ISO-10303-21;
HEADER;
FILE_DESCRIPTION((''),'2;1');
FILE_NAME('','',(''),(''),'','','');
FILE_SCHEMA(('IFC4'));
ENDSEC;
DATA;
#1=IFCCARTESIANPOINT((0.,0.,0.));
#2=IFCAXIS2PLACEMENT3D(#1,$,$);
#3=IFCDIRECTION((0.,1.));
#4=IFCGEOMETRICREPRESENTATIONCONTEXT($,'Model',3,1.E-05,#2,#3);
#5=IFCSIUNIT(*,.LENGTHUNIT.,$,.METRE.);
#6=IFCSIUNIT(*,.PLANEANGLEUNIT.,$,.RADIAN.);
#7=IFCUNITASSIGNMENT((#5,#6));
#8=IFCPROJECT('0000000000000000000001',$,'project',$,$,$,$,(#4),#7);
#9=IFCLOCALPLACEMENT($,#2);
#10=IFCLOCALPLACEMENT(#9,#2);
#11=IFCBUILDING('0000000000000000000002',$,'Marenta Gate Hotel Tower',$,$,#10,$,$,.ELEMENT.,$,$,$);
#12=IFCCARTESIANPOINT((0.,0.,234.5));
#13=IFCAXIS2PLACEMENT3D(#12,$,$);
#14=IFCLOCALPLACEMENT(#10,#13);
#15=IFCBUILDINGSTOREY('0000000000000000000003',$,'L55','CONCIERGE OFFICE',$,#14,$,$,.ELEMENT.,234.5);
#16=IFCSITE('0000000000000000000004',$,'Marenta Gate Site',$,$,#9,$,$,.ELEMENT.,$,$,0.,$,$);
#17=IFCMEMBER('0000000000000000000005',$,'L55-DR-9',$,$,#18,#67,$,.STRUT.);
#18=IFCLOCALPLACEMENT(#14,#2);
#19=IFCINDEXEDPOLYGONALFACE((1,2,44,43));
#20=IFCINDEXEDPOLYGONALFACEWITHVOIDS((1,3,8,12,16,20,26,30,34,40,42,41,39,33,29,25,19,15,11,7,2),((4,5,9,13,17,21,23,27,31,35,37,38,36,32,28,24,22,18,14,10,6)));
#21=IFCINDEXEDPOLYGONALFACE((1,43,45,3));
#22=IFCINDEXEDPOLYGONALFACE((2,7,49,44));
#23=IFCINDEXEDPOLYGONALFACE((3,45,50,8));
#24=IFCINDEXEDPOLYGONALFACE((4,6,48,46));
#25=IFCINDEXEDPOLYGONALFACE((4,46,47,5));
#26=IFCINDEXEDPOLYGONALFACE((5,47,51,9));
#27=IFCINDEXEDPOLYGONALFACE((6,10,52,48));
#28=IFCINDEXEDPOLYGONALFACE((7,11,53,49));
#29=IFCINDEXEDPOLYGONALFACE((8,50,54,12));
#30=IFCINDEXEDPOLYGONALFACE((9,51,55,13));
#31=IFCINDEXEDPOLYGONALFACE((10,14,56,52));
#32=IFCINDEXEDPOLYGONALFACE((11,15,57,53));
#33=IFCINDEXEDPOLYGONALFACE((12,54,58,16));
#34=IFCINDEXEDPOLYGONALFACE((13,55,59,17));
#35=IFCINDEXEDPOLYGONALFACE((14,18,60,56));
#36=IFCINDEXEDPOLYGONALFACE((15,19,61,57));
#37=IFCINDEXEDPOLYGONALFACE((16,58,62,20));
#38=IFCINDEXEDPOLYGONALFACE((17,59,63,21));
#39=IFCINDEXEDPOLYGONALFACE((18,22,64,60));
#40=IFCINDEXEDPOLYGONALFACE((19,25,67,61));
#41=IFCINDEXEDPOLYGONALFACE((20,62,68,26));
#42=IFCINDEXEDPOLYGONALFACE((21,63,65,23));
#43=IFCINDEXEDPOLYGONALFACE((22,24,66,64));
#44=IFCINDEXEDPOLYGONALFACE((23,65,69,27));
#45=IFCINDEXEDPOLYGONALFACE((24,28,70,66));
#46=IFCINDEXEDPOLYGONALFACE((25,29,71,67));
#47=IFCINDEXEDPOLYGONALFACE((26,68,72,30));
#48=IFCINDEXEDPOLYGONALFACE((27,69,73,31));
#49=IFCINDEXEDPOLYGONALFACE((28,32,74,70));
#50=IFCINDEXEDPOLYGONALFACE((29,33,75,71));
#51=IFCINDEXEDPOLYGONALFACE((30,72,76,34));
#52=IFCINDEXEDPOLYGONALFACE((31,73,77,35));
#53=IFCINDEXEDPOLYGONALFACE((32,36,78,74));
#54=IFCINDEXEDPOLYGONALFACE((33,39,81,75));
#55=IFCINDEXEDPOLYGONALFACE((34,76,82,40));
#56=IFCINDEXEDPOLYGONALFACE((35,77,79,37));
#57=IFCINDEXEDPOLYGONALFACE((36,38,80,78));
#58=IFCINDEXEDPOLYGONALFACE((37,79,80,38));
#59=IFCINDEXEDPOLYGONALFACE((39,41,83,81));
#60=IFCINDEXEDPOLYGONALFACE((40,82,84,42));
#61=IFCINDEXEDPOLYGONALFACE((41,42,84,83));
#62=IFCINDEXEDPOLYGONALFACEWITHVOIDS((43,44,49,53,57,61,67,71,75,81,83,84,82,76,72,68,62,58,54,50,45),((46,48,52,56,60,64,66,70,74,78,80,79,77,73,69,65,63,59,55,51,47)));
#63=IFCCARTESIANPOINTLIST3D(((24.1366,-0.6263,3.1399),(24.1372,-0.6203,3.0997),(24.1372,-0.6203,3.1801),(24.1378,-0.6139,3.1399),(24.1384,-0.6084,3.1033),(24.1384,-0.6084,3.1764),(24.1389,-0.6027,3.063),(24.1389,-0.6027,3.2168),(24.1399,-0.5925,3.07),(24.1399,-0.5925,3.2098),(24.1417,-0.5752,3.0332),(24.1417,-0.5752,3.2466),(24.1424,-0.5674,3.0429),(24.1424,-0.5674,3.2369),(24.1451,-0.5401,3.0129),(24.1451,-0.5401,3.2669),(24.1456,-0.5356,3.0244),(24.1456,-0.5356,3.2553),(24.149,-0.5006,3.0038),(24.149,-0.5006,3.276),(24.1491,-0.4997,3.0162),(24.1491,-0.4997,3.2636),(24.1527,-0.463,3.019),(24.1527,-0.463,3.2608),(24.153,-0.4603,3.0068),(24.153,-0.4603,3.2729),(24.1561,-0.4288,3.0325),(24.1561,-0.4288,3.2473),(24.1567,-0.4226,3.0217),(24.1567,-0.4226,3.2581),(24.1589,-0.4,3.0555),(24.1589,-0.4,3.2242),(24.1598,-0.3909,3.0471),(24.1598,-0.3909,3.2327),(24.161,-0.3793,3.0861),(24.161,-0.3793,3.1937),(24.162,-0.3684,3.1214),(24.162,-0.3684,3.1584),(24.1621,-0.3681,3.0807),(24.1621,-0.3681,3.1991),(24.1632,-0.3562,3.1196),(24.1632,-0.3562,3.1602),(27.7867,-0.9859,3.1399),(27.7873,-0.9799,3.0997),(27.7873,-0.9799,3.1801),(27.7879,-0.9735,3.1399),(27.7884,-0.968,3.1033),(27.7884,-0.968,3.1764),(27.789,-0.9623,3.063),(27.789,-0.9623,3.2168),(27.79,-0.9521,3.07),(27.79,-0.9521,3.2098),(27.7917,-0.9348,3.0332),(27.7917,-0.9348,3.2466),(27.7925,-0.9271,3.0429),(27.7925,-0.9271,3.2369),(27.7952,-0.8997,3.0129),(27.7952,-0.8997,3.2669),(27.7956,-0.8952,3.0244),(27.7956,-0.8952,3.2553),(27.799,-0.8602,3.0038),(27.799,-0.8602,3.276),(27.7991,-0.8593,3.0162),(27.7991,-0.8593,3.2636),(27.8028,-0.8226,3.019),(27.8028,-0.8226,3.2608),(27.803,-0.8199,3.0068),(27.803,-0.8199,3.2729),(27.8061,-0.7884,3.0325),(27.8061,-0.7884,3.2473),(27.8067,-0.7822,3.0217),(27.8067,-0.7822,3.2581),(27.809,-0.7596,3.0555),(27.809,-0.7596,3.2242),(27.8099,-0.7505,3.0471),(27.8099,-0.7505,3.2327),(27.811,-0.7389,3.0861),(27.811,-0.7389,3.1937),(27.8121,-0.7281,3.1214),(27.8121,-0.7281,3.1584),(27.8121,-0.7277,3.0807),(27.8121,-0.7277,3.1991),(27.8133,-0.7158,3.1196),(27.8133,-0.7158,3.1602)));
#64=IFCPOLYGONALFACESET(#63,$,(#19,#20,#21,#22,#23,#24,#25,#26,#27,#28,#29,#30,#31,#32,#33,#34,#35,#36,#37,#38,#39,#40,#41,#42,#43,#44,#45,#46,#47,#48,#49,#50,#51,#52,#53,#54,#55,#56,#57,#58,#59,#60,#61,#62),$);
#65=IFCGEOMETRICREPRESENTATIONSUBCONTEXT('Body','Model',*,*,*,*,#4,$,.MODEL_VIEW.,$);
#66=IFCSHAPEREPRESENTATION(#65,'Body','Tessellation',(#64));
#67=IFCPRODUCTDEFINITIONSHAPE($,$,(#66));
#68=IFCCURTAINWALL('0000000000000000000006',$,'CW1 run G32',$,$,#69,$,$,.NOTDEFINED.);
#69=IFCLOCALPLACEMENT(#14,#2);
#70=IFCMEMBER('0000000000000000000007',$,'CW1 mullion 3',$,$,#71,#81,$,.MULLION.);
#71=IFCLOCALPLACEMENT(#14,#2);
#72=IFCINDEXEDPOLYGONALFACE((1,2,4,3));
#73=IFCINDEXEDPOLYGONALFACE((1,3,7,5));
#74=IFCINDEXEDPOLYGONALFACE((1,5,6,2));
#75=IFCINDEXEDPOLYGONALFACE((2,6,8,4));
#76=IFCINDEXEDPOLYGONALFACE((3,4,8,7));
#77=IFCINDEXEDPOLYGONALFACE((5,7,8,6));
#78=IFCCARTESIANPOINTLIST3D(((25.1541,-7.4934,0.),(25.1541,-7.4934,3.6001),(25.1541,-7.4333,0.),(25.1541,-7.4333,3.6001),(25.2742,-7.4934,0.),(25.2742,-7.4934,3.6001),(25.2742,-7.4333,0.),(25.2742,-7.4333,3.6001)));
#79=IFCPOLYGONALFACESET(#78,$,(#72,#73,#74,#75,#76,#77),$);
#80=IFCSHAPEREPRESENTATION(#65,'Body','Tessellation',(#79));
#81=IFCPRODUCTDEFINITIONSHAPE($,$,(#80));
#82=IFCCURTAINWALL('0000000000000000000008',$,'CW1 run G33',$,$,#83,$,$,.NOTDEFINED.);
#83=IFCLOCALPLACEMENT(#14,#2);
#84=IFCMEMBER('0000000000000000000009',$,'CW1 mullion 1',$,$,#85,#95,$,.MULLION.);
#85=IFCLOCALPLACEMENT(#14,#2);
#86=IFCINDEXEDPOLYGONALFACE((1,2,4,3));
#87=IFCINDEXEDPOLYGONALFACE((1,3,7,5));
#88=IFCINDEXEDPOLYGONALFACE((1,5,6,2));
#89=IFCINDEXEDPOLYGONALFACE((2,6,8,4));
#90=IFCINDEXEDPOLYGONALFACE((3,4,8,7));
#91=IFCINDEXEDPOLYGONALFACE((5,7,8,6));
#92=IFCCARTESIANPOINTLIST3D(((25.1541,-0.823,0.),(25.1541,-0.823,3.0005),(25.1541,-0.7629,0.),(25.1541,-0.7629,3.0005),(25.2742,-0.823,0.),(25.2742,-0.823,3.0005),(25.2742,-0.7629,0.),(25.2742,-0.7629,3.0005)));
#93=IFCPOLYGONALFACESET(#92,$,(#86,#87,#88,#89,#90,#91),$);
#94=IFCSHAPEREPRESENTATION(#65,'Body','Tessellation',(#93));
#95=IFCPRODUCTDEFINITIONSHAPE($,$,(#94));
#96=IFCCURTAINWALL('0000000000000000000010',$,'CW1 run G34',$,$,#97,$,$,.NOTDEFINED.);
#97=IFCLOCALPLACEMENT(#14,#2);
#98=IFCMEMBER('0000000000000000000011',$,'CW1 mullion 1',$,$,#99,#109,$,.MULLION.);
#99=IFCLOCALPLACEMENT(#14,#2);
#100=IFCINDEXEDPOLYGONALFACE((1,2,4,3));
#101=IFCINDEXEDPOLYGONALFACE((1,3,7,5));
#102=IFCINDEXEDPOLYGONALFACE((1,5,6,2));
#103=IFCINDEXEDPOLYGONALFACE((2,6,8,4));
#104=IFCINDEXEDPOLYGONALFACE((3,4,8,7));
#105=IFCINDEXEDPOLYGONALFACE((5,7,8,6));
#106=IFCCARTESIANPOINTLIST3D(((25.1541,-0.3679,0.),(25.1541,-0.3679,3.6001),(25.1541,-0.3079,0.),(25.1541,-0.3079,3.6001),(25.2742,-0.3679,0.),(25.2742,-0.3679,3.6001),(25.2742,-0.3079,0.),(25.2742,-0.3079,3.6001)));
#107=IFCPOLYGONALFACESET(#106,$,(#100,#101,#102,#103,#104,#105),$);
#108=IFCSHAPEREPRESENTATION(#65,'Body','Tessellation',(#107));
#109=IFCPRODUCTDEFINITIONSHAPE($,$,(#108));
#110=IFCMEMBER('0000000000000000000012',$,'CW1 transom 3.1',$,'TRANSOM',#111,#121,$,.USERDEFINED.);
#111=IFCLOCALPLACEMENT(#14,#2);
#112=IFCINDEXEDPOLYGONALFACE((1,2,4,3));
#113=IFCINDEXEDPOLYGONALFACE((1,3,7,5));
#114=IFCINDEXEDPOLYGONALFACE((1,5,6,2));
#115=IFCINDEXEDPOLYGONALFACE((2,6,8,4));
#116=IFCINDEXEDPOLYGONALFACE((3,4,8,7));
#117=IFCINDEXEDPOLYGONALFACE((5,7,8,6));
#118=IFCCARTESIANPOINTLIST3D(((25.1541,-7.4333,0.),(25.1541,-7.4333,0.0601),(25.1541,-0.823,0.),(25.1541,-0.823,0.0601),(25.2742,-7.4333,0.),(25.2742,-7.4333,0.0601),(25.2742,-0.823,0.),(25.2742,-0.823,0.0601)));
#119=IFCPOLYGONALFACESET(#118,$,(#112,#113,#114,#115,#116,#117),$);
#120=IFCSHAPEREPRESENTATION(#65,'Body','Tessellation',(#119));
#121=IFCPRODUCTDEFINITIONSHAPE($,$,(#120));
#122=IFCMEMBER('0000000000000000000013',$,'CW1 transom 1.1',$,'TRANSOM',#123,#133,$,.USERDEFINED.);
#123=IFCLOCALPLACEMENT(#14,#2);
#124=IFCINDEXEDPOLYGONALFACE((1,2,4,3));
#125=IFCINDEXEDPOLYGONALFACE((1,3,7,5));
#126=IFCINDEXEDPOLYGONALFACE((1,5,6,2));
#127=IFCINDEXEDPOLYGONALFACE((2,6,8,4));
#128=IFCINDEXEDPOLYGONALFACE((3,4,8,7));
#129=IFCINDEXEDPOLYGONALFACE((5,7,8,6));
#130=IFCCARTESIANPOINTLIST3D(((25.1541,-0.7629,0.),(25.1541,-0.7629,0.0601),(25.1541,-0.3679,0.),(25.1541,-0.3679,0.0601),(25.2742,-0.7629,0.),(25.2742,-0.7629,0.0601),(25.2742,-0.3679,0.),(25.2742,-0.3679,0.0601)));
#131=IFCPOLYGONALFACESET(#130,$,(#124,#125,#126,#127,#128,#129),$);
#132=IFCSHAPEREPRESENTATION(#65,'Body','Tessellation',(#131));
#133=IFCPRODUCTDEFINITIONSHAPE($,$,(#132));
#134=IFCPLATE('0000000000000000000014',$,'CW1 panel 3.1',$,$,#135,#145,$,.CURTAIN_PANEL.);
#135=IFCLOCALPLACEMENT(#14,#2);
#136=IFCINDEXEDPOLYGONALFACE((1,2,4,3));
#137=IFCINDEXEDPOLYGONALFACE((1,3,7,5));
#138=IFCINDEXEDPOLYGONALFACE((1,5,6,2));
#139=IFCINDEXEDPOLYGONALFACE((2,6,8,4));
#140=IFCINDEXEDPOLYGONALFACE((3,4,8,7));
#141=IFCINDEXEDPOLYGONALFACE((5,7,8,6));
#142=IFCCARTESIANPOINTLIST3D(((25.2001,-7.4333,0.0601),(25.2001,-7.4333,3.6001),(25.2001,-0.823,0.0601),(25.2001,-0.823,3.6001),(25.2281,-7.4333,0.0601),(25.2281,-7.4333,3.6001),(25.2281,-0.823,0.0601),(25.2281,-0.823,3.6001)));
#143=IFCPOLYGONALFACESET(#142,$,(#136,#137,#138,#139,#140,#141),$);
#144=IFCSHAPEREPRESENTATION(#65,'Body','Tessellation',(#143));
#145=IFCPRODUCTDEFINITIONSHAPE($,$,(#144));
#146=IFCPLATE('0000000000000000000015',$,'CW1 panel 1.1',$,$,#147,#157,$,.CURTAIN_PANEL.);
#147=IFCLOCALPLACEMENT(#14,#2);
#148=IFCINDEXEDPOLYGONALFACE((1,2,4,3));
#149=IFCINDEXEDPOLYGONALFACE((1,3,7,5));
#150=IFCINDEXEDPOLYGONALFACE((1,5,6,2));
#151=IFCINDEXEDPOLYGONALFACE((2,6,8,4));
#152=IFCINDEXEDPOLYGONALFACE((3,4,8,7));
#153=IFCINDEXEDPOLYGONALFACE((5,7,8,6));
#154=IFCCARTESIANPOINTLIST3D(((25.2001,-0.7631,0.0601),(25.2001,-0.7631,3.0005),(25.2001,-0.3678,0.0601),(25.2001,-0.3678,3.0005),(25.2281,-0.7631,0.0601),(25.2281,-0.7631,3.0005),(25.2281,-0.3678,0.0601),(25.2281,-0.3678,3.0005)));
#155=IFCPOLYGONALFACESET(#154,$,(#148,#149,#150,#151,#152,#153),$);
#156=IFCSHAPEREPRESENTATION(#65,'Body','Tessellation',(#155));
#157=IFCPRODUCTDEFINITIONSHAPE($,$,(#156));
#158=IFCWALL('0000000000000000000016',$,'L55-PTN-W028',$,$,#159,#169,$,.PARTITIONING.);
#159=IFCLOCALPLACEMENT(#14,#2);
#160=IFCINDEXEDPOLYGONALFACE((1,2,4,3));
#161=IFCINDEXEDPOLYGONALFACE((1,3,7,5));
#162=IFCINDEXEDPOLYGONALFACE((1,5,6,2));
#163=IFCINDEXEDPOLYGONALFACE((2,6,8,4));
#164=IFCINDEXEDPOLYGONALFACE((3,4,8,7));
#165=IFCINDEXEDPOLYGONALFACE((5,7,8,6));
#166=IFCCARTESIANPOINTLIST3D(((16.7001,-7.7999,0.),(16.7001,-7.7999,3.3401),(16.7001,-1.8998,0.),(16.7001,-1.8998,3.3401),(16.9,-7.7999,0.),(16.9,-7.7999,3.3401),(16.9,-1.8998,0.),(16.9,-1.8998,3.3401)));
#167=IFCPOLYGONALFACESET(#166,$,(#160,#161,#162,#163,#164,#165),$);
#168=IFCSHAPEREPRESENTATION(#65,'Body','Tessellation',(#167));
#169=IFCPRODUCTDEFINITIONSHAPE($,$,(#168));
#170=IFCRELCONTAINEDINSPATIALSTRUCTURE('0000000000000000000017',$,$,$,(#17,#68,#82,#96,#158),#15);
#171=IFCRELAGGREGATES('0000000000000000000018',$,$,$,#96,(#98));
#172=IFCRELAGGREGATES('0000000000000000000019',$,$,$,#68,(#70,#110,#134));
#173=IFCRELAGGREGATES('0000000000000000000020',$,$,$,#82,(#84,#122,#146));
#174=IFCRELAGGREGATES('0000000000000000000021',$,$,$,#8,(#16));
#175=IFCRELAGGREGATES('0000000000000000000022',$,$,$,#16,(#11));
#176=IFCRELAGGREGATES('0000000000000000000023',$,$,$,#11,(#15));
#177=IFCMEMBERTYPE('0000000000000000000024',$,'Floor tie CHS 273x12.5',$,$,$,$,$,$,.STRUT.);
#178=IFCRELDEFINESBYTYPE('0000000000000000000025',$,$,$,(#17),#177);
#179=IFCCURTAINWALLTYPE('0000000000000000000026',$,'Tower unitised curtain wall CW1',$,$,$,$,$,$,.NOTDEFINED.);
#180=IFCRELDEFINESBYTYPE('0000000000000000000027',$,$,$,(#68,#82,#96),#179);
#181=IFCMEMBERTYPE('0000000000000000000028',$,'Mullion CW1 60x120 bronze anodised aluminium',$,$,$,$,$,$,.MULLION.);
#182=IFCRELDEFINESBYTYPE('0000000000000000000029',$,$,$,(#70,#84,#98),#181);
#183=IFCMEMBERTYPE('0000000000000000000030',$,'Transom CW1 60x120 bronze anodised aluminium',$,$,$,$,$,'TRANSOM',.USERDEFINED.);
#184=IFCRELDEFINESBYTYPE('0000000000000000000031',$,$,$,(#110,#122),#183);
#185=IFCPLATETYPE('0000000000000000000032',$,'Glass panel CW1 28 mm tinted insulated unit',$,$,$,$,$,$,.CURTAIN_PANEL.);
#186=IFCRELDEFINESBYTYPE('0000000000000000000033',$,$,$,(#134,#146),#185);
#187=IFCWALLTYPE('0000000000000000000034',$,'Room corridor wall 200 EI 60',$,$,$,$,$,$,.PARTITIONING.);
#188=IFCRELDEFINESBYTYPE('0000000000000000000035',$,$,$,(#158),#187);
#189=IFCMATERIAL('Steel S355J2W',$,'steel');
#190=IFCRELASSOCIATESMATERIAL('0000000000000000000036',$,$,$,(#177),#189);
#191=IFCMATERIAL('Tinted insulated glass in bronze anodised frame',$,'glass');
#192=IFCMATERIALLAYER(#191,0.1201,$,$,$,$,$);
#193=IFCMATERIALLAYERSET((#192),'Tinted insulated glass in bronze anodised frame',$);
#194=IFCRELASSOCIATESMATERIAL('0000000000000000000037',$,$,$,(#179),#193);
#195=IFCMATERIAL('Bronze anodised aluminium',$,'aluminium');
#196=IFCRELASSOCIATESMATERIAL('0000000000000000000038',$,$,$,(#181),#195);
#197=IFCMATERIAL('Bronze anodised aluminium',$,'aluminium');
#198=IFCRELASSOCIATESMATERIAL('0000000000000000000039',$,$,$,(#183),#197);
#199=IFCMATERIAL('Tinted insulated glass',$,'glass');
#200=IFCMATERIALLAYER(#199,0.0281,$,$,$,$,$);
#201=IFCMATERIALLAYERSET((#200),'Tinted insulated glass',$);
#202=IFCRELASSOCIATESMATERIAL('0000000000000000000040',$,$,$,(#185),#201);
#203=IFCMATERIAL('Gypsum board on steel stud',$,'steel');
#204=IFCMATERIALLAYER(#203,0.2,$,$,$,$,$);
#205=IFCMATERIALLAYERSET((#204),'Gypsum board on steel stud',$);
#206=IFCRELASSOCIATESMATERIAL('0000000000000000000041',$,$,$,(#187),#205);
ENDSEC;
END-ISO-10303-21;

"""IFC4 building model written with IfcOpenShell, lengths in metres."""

from ifc_helpers import new_model, si_unit, direction, frame, frame_2d, origin, origin_2d, place, context, subcontext, project, spatial, rectangle, hollow_circle, extrude, material, layer, layer_set, material_profile, profile_set, type_object, element, aggregate, save


model = new_model("IFC4")

# Units and contexts
model_context = context("Model", 3, precision=1e-05, world=origin(), true_north=direction((0.0, 1.0)))
body_context = subcontext(model_context, "Body", "Model", "MODEL_VIEW")
ifc_project = project(units=[si_unit("LENGTHUNIT", "METRE"), si_unit("PLANEANGLEUNIT", "RADIAN")], contexts=[model_context])

# Site, building, storey
site_placement = place(None, origin())
site = spatial("IfcSite", under=ifc_project, at=site_placement, Name="Marenta Gate Site", CompositionType="ELEMENT", RefElevation=0.0)
building_placement = place(site_placement, origin())
building = spatial("IfcBuilding", under=site, at=building_placement, Name="Marenta Gate Hotel Tower", CompositionType="ELEMENT")
storey_placement = place(building_placement, frame((0.0, 0.0, 234.5)))
storey = spatial("IfcBuildingStorey", under=building, at=storey_placement, Name="L55", Description="CONCIERGE OFFICE", CompositionType="ELEMENT", Elevation=234.5)

# Member
ifc_material_1 = material(Name="Steel S355J2W", Category="steel")
ifc_material_profile_1 = material_profile(ifc_material_1, hollow_circle(Radius=0.1365, WallThickness=0.0125, at=origin_2d()), Name="CHS 273x12.5")
ifc_profile_set_1 = profile_set([ifc_material_profile_1], Name="Steel S355J2W")
member_type_1 = type_object("IfcMemberType", Name="Floor tie CHS 273x12.5", PredefinedType="STRUT", material=ifc_profile_set_1)
member_1_placement = place(storey_placement, frame((27.8, -0.8501, 3.1399), z_axis=(-0.995182, 0.098047, 0.0), x_axis=(-0.098047, -0.995182, 0.0)))
element("IfcMember", 1, at=member_1_placement, inside=storey, type_object=member_type_1, Name="L55-DR-9", PredefinedType="STRUT", context=body_context, shape_type="SweptSolid", body=[
    extrude(hollow_circle(Radius=0.1365, WallThickness=0.0125, at=origin_2d()), origin(), (0.0, 0.0, 1.0), 3.6677),
])

# Curtain walls, members
ifc_material_2 = material(Name="Tinted insulated glass in bronze anodised frame", Category="glass")
ifc_layer_1 = layer(ifc_material_2, 0.1201)
ifc_layer_set_1 = layer_set([ifc_layer_1], Name="Tinted insulated glass in bronze anodised frame")
curtain_wall_type = type_object("IfcCurtainWallType", Name="Tower unitised curtain wall CW1", PredefinedType="NOTDEFINED", material=ifc_layer_set_1)
curtain_wall_1_placement = place(storey_placement, origin())
curtain_wall_1 = element("IfcCurtainWall", 2, at=curtain_wall_1_placement, inside=storey, type_object=curtain_wall_type, Name="CW1 run G32", PredefinedType="NOTDEFINED")
ifc_material_3 = material(Name="Bronze anodised aluminium", Category="aluminium")
ifc_material_profile_2 = material_profile(ifc_material_3, rectangle(XDim=0.1201, YDim=0.0601, at=origin_2d()), Name="Mullion CW1 60x120 bronze anodised aluminium")
ifc_profile_set_2 = profile_set([ifc_material_profile_2], Name="Bronze anodised aluminium")
member_type_2 = type_object("IfcMemberType", Name="Mullion CW1 60x120 bronze anodised aluminium", PredefinedType="MULLION", material=ifc_profile_set_2)
member_2_placement = place(storey_placement, frame((25.2141, -7.4634, 0.0), z_axis=(0.0, 0.0, 1.0), x_axis=(-1.0, 0.0, 0.0)))
member_2 = element("IfcMember", 3, at=member_2_placement, type_object=member_type_2, Name="CW1 mullion 3", PredefinedType="MULLION", context=body_context, shape_type="SweptSolid", body=[
    extrude(rectangle(XDim=0.1201, YDim=0.0601, at=origin_2d()), origin(), (0.0, 0.0, 1.0), 3.6001),
])
curtain_wall_2_placement = place(storey_placement, origin())
curtain_wall_2 = element("IfcCurtainWall", 4, at=curtain_wall_2_placement, inside=storey, type_object=curtain_wall_type, Name="CW1 run G33", PredefinedType="NOTDEFINED")
member_3_placement = place(storey_placement, frame((25.2141, -0.793, 0.0), z_axis=(0.0, 0.0, 1.0), x_axis=(-1.0, 0.0, 0.0)))
member_3 = element("IfcMember", 5, at=member_3_placement, type_object=member_type_2, Name="CW1 mullion 1", PredefinedType="MULLION", context=body_context, shape_type="SweptSolid", body=[
    extrude(rectangle(XDim=0.1201, YDim=0.0601, at=origin_2d()), origin(), (0.0, 0.0, 1.0), 3.0005),
])
curtain_wall_3_placement = place(storey_placement, origin())
curtain_wall_3 = element("IfcCurtainWall", 6, at=curtain_wall_3_placement, inside=storey, type_object=curtain_wall_type, Name="CW1 run G34", PredefinedType="NOTDEFINED")
member_4_placement = place(storey_placement, frame((25.2141, -0.3379, 0.0), z_axis=(0.0, 0.0, 1.0), x_axis=(-1.0, 0.0, 0.0)))
member_4 = element("IfcMember", 7, at=member_4_placement, type_object=member_type_2, Name="CW1 mullion 1", PredefinedType="MULLION", context=body_context, shape_type="SweptSolid", body=[
    extrude(rectangle(XDim=0.1201, YDim=0.0601, at=origin_2d()), origin(), (0.0, 0.0, 1.0), 3.6001),
])
aggregate(curtain_wall_3, [member_4])

# Members
ifc_material_4 = material(Name="Bronze anodised aluminium", Category="aluminium")
ifc_material_profile_3 = material_profile(ifc_material_4, rectangle(XDim=0.1201, YDim=0.0601, at=origin_2d()), Name="Transom CW1 60x120 bronze anodised aluminium")
ifc_profile_set_3 = profile_set([ifc_material_profile_3], Name="Bronze anodised aluminium")
member_type_3 = type_object("IfcMemberType", Name="Transom CW1 60x120 bronze anodised aluminium", ElementType="TRANSOM", PredefinedType="USERDEFINED", material=ifc_profile_set_3)
member_5_placement = place(storey_placement, frame((25.2141, -7.4333, 0.03), z_axis=(0.0, 1.0, 0.0), x_axis=(-1.0, 0.0, 0.0)))
member_5 = element("IfcMember", 8, at=member_5_placement, type_object=member_type_3, Name="CW1 transom 3.1", ObjectType="TRANSOM", PredefinedType="USERDEFINED", context=body_context, shape_type="SweptSolid", body=[
    extrude(rectangle(XDim=0.1201, YDim=0.0601, at=origin_2d()), origin(), (0.0, 0.0, 1.0), 6.6104),
])
member_6_placement = place(storey_placement, frame((25.2141, -0.7629, 0.03), z_axis=(0.0, 1.0, 0.0), x_axis=(-1.0, 0.0, 0.0)))
member_6 = element("IfcMember", 9, at=member_6_placement, type_object=member_type_3, Name="CW1 transom 1.1", ObjectType="TRANSOM", PredefinedType="USERDEFINED", context=body_context, shape_type="SweptSolid", body=[
    extrude(rectangle(XDim=0.1201, YDim=0.0601, at=origin_2d()), origin(), (0.0, 0.0, 1.0), 0.395),
])

# Plates
ifc_material_5 = material(Name="Tinted insulated glass", Category="glass")
ifc_layer_2 = layer(ifc_material_5, 0.0281)
ifc_layer_set_2 = layer_set([ifc_layer_2], Name="Tinted insulated glass")
plate_type = type_object("IfcPlateType", Name="Glass panel CW1 28 mm tinted insulated unit", PredefinedType="CURTAIN_PANEL", material=ifc_layer_set_2)
plate_1_placement = place(storey_placement, frame((25.2141, -4.1282, 0.0601), z_axis=(0.0, 0.0, 1.0), x_axis=(0.0, 1.0, 0.0)))
plate_1 = element("IfcPlate", 10, at=plate_1_placement, type_object=plate_type, Name="CW1 panel 3.1", PredefinedType="CURTAIN_PANEL", context=body_context, shape_type="SweptSolid", body=[
    extrude(rectangle(XDim=6.6104, YDim=0.0281, at=origin_2d()), origin(), (0.0, 0.0, 1.0), 3.54),
])
aggregate(curtain_wall_1, [member_2, member_5, plate_1])
plate_2_placement = place(storey_placement, frame((25.2141, -0.5654, 0.0601), z_axis=(0.0, 0.0, 1.0), x_axis=(0.0, 1.0, 0.0)))
plate_2 = element("IfcPlate", 11, at=plate_2_placement, type_object=plate_type, Name="CW1 panel 1.1", PredefinedType="CURTAIN_PANEL", context=body_context, shape_type="SweptSolid", body=[
    extrude(rectangle(XDim=0.3953, YDim=0.0281, at=origin_2d()), origin(), (0.0, 0.0, 1.0), 2.9404),
])
aggregate(curtain_wall_2, [member_3, member_6, plate_2])

# Wall
ifc_material_6 = material(Name="Gypsum board on steel stud", Category="steel")
ifc_layer_3 = layer(ifc_material_6, 0.2)
ifc_layer_set_3 = layer_set([ifc_layer_3], Name="Gypsum board on steel stud")
wall_type_1 = type_object("IfcWallType", Name="Room corridor wall 200 EI 60", PredefinedType="PARTITIONING", material=ifc_layer_set_3)
wall_1_placement = place(storey_placement, frame((16.8, -7.8, 0.0), z_axis=(0.0, 0.0, 1.0), x_axis=(0.0, 1.0, 0.0)))
element("IfcWall", 12, at=wall_1_placement, inside=storey, type_object=wall_type_1, Name="L55-PTN-W028", PredefinedType="PARTITIONING", context=body_context, shape_type="SweptSolid", body=[
    extrude(rectangle(XDim=5.9001, YDim=0.2, at=frame_2d((2.9502, 0.0))), origin(), (0.0, 0.0, 1.0), 3.3401),
])

save(model, "model.ifc")
